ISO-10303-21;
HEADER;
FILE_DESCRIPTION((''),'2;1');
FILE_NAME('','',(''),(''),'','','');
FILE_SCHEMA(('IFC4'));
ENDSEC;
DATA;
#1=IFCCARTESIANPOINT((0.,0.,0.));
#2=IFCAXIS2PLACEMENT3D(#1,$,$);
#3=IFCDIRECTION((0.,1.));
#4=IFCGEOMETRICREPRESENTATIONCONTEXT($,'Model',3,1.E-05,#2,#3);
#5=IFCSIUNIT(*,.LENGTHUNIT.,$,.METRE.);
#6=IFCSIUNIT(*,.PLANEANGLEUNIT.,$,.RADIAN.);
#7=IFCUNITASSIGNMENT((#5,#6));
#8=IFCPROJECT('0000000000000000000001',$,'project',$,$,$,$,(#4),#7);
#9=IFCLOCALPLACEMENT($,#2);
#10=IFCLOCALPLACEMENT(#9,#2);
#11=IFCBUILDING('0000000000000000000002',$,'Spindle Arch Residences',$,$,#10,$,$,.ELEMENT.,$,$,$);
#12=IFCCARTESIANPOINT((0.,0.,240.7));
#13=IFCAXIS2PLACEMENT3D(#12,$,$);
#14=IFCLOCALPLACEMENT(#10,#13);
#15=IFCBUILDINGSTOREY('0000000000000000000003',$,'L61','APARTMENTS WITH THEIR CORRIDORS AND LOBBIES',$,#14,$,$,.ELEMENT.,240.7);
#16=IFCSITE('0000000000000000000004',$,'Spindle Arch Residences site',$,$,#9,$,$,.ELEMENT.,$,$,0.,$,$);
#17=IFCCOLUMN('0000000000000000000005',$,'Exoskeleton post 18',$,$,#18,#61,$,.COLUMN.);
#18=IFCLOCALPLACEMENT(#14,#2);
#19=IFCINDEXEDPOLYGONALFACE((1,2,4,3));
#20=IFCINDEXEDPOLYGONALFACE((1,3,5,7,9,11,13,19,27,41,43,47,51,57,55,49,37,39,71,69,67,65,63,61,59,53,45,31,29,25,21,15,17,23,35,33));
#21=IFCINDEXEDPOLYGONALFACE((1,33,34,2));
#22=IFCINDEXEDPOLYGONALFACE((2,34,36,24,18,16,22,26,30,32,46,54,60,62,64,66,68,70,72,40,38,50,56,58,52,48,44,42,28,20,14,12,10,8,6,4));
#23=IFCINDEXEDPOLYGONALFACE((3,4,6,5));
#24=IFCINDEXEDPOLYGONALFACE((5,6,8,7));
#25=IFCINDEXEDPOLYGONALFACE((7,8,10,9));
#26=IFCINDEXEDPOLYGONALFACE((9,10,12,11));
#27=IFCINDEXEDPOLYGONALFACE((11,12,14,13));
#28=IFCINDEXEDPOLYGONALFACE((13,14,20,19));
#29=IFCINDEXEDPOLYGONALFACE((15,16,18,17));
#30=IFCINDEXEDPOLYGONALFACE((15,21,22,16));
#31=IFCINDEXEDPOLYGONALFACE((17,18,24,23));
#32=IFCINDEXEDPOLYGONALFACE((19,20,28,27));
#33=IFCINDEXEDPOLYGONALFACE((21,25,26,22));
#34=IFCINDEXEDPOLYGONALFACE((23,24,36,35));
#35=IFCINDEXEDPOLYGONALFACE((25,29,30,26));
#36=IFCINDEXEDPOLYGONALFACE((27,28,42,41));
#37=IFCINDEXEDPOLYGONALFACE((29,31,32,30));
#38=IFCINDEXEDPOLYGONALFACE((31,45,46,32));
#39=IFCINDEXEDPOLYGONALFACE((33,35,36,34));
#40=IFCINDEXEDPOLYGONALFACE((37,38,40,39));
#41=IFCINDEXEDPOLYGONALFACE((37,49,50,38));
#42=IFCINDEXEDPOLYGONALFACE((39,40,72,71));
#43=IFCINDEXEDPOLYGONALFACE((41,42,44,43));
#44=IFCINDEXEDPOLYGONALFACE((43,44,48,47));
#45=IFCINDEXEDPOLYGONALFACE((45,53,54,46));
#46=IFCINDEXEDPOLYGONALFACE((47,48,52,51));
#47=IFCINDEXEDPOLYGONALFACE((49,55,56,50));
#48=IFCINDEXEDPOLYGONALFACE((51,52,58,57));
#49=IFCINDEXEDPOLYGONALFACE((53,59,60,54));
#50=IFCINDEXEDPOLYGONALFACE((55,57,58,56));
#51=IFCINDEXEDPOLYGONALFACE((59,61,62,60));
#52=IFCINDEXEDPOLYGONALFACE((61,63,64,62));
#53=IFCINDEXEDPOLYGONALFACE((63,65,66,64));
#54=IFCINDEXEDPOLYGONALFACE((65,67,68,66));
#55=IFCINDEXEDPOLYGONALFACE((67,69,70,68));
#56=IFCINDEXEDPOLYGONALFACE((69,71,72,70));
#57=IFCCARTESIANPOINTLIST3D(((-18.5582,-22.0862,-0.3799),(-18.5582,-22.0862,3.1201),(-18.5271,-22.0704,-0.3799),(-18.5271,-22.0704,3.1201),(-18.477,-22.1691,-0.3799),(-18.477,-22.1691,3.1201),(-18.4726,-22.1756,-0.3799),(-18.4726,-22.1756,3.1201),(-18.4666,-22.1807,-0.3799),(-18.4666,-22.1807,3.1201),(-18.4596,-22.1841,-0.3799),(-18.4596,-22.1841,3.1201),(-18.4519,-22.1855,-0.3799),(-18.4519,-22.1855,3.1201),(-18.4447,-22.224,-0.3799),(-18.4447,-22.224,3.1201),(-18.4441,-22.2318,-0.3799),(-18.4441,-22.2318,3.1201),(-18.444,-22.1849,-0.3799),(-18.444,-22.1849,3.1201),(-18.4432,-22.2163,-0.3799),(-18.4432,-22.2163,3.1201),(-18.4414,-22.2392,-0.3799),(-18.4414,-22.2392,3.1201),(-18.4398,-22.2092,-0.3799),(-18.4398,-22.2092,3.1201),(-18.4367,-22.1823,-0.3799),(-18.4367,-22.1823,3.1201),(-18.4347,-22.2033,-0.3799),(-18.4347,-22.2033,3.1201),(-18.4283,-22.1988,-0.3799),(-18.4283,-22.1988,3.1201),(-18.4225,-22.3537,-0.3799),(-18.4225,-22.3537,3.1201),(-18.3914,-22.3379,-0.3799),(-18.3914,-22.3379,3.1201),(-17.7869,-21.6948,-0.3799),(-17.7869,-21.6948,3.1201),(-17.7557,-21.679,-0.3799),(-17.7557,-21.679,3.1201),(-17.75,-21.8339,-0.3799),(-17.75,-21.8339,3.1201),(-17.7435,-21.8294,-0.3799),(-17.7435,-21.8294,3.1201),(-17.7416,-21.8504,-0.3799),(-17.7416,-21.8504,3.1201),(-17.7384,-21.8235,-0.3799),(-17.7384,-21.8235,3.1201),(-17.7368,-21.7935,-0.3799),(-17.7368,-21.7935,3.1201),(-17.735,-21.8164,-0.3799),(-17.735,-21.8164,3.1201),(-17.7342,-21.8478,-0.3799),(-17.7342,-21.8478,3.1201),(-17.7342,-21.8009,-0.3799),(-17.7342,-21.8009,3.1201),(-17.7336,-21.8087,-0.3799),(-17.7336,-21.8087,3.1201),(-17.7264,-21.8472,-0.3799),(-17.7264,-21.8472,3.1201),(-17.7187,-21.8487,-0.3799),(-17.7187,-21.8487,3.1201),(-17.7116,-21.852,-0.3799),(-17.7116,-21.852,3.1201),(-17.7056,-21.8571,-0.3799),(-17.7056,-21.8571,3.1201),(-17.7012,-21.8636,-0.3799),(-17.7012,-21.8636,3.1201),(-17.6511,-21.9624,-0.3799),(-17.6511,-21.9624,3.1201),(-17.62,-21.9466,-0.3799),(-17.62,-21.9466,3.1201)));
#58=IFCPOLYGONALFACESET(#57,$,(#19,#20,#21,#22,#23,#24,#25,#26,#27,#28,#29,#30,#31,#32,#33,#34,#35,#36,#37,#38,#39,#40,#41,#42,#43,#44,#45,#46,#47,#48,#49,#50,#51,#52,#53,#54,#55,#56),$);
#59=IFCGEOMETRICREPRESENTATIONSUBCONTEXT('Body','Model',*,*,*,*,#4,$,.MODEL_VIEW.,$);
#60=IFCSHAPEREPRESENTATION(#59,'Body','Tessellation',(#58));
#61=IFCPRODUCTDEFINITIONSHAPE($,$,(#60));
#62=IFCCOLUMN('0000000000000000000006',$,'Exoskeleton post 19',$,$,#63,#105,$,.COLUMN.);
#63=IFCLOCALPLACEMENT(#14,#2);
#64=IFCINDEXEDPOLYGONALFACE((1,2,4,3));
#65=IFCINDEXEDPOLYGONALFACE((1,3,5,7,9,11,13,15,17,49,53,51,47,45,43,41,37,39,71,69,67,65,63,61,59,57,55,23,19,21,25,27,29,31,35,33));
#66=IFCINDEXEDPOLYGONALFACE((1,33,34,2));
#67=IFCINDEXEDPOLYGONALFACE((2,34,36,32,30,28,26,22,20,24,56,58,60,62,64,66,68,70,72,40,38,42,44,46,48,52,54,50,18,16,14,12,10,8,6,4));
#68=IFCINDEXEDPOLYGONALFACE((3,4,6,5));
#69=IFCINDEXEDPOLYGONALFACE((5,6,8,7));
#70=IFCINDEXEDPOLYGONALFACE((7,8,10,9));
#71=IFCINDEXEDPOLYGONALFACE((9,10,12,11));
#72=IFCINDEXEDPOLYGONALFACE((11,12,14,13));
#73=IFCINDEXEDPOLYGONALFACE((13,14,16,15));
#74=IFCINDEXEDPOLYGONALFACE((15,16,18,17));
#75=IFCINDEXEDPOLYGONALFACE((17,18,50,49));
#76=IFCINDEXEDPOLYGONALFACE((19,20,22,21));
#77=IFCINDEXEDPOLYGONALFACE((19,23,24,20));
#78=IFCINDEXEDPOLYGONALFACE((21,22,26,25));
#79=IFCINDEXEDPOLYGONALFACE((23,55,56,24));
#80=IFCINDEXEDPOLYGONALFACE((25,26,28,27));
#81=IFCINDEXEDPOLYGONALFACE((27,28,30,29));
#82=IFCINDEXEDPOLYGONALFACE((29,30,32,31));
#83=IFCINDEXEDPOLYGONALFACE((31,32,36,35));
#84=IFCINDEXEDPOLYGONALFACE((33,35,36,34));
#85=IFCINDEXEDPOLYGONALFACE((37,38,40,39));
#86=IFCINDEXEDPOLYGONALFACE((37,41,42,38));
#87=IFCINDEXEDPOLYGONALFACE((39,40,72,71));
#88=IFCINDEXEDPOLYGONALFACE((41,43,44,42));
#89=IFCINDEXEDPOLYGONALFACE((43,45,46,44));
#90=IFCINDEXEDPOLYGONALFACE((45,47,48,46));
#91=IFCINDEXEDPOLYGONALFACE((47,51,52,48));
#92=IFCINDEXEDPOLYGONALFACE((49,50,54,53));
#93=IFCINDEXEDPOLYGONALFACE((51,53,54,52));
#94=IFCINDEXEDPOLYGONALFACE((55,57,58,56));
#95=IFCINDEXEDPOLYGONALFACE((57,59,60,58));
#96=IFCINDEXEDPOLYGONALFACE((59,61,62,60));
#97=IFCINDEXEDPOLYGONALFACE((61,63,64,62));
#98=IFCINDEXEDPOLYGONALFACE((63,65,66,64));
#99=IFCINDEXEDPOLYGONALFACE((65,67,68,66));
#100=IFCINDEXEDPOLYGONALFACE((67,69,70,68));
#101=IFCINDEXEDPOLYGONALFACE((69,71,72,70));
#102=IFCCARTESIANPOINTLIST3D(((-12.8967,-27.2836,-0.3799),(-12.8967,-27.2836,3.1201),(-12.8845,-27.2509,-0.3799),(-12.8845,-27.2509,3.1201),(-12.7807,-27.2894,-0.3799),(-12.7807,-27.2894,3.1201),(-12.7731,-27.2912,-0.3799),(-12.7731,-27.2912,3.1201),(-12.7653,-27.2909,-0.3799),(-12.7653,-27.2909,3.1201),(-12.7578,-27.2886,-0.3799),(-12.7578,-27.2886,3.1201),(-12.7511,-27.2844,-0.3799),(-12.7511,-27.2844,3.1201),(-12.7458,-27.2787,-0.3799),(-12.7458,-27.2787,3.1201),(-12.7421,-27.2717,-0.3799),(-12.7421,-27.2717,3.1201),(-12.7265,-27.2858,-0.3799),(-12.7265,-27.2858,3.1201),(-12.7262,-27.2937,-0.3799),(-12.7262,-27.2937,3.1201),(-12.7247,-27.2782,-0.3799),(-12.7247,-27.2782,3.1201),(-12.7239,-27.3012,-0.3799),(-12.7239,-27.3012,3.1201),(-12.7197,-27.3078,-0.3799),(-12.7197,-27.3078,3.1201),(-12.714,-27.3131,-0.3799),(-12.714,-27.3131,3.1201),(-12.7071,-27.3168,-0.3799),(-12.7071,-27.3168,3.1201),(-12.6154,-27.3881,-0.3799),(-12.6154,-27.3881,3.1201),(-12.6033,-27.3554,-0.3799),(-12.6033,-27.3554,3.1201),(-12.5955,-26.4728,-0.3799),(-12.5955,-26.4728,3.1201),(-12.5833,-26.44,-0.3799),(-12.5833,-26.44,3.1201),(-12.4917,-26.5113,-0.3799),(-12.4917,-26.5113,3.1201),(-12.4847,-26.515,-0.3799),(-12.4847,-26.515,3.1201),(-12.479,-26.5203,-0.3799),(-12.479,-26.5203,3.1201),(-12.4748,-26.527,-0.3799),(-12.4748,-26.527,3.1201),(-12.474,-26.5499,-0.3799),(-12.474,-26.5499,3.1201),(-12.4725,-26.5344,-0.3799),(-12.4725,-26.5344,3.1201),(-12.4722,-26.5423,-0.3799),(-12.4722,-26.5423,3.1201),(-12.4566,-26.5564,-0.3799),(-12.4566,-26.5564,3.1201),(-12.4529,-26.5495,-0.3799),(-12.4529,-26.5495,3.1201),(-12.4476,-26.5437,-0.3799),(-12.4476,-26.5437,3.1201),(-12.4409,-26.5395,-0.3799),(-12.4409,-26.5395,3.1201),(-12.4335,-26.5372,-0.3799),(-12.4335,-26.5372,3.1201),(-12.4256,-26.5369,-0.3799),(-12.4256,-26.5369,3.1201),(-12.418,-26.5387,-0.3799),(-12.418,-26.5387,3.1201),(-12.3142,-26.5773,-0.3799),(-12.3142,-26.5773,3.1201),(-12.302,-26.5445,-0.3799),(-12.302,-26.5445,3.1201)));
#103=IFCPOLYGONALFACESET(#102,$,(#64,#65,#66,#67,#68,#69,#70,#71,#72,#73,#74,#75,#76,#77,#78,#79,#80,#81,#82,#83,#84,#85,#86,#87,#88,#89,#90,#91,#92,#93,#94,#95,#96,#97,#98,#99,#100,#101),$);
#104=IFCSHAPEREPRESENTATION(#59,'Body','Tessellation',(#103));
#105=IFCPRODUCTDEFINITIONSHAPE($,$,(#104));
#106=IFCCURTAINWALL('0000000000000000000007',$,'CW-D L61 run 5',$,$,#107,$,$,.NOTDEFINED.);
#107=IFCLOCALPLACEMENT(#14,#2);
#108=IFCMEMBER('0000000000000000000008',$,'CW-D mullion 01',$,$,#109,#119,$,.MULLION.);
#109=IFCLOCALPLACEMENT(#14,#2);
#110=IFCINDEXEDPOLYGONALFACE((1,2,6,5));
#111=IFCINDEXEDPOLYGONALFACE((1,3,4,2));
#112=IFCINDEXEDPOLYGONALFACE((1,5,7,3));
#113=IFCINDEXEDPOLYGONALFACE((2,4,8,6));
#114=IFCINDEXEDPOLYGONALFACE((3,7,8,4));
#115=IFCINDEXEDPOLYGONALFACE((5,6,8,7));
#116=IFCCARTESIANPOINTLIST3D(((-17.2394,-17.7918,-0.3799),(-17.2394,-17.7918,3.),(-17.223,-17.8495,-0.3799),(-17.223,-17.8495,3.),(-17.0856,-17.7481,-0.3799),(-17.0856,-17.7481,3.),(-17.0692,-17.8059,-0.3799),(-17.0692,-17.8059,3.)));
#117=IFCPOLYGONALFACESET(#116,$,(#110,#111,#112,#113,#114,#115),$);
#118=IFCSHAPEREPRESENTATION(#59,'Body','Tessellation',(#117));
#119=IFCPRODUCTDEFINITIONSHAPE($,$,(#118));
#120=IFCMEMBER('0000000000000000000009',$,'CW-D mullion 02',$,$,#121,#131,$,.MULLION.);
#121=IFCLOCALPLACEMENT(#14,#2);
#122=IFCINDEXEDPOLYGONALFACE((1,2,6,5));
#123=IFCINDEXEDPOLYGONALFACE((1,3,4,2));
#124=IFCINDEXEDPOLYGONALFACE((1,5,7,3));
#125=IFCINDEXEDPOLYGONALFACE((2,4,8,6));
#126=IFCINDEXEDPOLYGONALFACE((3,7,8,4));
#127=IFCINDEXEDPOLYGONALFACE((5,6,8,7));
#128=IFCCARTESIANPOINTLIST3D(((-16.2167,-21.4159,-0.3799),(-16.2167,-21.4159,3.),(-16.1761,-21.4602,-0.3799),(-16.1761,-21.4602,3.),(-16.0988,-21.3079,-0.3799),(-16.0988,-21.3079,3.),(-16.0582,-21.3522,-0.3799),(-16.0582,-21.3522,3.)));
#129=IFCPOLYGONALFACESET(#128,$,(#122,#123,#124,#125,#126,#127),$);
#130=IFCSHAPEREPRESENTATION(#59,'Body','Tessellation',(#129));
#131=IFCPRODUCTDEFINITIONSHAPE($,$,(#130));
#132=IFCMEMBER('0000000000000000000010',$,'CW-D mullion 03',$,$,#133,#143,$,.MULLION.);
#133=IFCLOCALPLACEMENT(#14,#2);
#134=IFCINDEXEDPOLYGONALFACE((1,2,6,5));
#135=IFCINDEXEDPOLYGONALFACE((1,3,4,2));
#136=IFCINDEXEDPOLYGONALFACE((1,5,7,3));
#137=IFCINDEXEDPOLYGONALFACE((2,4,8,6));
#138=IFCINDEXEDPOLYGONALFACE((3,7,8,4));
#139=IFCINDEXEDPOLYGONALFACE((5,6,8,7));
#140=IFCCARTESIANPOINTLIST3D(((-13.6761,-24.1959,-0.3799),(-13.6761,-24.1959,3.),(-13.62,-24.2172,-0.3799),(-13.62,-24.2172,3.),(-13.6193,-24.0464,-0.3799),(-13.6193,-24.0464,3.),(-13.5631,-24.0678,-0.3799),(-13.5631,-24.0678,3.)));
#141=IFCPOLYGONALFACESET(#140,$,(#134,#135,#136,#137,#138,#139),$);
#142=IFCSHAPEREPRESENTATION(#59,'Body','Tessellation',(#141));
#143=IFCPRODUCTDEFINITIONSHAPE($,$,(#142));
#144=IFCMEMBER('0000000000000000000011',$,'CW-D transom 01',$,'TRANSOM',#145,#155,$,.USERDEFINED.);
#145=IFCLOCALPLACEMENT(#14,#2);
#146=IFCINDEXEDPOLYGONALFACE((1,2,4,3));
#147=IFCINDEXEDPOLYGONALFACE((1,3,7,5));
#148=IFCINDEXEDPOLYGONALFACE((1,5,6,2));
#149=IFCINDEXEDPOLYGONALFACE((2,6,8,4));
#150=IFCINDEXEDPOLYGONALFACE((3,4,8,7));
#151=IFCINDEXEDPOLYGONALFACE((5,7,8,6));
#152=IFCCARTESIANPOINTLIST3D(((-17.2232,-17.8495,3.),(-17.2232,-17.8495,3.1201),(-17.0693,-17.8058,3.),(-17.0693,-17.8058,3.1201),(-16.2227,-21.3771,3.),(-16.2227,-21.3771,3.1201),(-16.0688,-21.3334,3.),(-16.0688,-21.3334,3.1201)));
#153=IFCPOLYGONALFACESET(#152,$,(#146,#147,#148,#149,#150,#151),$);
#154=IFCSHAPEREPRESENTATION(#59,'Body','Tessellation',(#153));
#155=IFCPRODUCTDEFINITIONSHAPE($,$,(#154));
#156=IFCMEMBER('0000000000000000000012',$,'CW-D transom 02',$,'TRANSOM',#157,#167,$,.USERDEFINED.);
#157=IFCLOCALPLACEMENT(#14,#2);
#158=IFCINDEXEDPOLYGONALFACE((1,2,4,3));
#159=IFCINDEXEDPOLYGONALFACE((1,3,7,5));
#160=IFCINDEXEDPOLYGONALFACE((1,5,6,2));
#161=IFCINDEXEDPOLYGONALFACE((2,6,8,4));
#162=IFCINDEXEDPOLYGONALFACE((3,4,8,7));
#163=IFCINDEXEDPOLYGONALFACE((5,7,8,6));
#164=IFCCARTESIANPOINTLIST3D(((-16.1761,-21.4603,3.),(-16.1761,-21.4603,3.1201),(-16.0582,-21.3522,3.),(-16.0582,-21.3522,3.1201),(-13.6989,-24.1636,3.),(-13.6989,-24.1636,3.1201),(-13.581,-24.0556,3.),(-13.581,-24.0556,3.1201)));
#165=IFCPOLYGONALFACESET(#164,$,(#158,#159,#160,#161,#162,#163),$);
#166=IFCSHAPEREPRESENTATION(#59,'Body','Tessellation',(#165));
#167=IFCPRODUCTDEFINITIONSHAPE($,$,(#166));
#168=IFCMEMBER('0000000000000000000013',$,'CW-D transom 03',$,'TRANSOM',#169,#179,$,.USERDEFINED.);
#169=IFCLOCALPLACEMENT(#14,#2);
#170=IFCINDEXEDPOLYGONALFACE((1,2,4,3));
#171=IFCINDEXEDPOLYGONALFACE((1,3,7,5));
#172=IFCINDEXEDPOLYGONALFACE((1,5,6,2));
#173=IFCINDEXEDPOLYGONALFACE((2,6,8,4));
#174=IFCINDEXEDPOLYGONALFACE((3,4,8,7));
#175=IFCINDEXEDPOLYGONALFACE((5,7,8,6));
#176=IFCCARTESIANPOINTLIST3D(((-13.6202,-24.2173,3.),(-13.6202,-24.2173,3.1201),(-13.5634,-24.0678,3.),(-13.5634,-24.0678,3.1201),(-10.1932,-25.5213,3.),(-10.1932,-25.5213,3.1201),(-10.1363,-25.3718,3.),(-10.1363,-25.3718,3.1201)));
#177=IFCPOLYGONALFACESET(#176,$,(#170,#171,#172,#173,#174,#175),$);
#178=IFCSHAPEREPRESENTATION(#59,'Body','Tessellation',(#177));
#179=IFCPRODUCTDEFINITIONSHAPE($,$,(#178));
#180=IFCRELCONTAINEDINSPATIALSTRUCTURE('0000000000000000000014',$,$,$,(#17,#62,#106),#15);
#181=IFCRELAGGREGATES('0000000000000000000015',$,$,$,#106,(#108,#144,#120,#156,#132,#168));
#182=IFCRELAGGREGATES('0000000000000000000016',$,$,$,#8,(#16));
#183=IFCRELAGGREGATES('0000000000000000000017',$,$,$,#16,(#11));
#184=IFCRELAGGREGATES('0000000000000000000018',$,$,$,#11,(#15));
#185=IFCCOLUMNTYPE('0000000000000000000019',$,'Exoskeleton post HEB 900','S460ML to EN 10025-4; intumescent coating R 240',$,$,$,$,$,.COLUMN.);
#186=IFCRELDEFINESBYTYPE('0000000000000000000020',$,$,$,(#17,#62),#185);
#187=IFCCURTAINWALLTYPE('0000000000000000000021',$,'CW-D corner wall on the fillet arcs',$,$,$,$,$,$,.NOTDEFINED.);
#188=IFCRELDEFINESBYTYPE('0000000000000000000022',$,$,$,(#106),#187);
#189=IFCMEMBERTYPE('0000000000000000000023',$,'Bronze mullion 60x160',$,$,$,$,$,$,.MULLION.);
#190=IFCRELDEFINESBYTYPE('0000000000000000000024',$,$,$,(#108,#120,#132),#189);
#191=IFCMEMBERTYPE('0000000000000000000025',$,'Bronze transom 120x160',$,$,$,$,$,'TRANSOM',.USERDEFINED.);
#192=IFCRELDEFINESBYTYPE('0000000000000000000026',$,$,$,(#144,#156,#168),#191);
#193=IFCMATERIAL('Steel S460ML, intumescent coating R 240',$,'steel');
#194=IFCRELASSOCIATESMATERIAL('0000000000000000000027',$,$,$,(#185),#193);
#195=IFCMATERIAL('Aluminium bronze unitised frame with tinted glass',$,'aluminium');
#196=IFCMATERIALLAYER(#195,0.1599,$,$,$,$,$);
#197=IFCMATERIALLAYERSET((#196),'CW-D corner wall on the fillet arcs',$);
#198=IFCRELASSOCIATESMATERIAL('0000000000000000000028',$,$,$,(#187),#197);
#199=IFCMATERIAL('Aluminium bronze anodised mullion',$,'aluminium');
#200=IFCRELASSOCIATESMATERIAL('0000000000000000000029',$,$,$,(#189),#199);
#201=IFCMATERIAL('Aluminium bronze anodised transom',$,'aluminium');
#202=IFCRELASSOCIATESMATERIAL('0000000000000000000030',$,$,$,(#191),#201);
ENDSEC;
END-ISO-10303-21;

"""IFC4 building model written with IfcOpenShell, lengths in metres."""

from ifc_helpers import new_model, si_unit, direction, frame, origin, origin_2d, place, context, subcontext, project, spatial, rectangle, i_section, extrude, material, layer, layer_set, material_profile, profile_set, type_object, element, aggregate, save


model = new_model("IFC4")

# Units and contexts
model_context = context("Model", 3, precision=1e-05, world=origin(), true_north=direction((0.0, 1.0)))
body_context = subcontext(model_context, "Body", "Model", "MODEL_VIEW")
ifc_project = project(units=[si_unit("LENGTHUNIT", "METRE"), si_unit("PLANEANGLEUNIT", "RADIAN")], contexts=[model_context])

# Site, building, storey
site_placement = place(None, origin())
site = spatial("IfcSite", under=ifc_project, at=site_placement, Name="Spindle Arch Residences site", CompositionType="ELEMENT", RefElevation=0.0)
building_placement = place(site_placement, origin())
building = spatial("IfcBuilding", under=site, at=building_placement, Name="Spindle Arch Residences", CompositionType="ELEMENT")
storey_placement = place(building_placement, frame((0.0, 0.0, 240.7)))
storey = spatial("IfcBuildingStorey", under=building, at=storey_placement, Name="L61", Description="APARTMENTS WITH THEIR CORRIDORS AND LOBBIES", CompositionType="ELEMENT", Elevation=240.7)

# Columns
ifc_material_1 = material(Name="Steel S460ML, intumescent coating R 240", Category="steel")
ifc_material_profile_1 = material_profile(ifc_material_1, i_section(OverallWidth=0.3, OverallDepth=0.8999, WebThickness=0.0186, FlangeThickness=0.0349, FilletRadius=0.03, at=origin_2d()), Name="HEB 900")
ifc_profile_set_1 = profile_set([ifc_material_profile_1], Name="Steel S460ML, intumescent coating R 240")
column_type = type_object("IfcColumnType", Name="Exoskeleton post HEB 900", Description="S460ML to EN 10025-4; intumescent coating R 240", PredefinedType="COLUMN", material=ifc_profile_set_1)
for number, where, z_axis, x_axis, name in (
    (1, (-18.0891, -22.0164, -0.3799), (0.0, 0.0, 1.0), (-0.452474, 0.891778, 0.0), "Exoskeleton post 18"),
    (2, (-12.5994, -26.9141, -0.3799), (0.0, 0.0, 1.0), (-0.937401, 0.348253, 0.0), "Exoskeleton post 19"),
):
    element("IfcColumn", number, at=place(storey_placement, frame(where, z_axis=z_axis, x_axis=x_axis)), inside=storey, type_object=column_type, Name=name, PredefinedType="COLUMN", context=body_context, shape_type="SweptSolid", body=[
        extrude(i_section(OverallWidth=0.3, OverallDepth=0.8999, WebThickness=0.0186, FlangeThickness=0.0349, FilletRadius=0.03, at=origin_2d()), origin(), (0.0, 0.0, 1.0), 3.5),
    ])

# Curtain wall, members
ifc_material_2 = material(Name="Aluminium bronze unitised frame with tinted glass", Category="aluminium")
ifc_layer_1 = layer(ifc_material_2, 0.1599)
ifc_layer_set_1 = layer_set([ifc_layer_1], Name="CW-D corner wall on the fillet arcs")
curtain_wall_type = type_object("IfcCurtainWallType", Name="CW-D corner wall on the fillet arcs", PredefinedType="NOTDEFINED", material=ifc_layer_set_1)
curtain_wall_placement = place(storey_placement, origin())
curtain_wall = element("IfcCurtainWall", 3, at=curtain_wall_placement, inside=storey, type_object=curtain_wall_type, Name="CW-D L61 run 5", PredefinedType="NOTDEFINED")
ifc_material_3 = material(Name="Aluminium bronze anodised mullion", Category="aluminium")
ifc_material_profile_2 = material_profile(ifc_material_3, rectangle(XDim=0.1599, YDim=0.0601, at=origin_2d()), Name="MU 60x160")
ifc_profile_set_2 = profile_set([ifc_material_profile_2], Name="Aluminium bronze anodised mullion")
member_type_1 = type_object("IfcMemberType", Name="Bronze mullion 60x160", PredefinedType="MULLION", material=ifc_profile_set_2)
member_1_placement = place(storey_placement, frame((-17.1543, -17.7988, -0.3799), z_axis=(0.0, 0.0, 1.0), x_axis=(0.962059, 0.27284, 0.0)))
member_1 = element("IfcMember", 4, at=member_1_placement, type_object=member_type_1, Name="CW-D mullion 01", PredefinedType="MULLION", context=body_context, shape_type="SweptSolid", body=[
    extrude(rectangle(XDim=0.1599, YDim=0.0601, at=origin_2d()), origin(), (0.0, 0.0, 1.0), 3.3799),
])
member_2_placement = place(storey_placement, frame((-16.1375, -21.384, -0.3799), z_axis=(0.0, 0.0, 1.0), x_axis=(0.737277, 0.67559, 0.0)))
member_2 = element("IfcMember", 5, at=member_2_placement, type_object=member_type_1, Name="CW-D mullion 02", PredefinedType="MULLION", context=body_context, shape_type="SweptSolid", body=[
    extrude(rectangle(XDim=0.1599, YDim=0.0601, at=origin_2d()), origin(), (0.0, 0.0, 1.0), 3.3799),
])
member_3_placement = place(storey_placement, frame((-13.6196, -24.1318, -0.3799), z_axis=(0.0, 0.0, 1.0), x_axis=(0.355651, 0.934619, 0.0)))
member_3 = element("IfcMember", 6, at=member_3_placement, type_object=member_type_1, Name="CW-D mullion 03", PredefinedType="MULLION", context=body_context, shape_type="SweptSolid", body=[
    extrude(rectangle(XDim=0.1599, YDim=0.0601, at=origin_2d()), origin(), (0.0, 0.0, 1.0), 3.3799),
])
ifc_material_4 = material(Name="Aluminium bronze anodised transom", Category="aluminium")
ifc_material_profile_3 = material_profile(ifc_material_4, rectangle(XDim=0.1599, YDim=0.1201, at=origin_2d()), Name="TR 120x160")
ifc_profile_set_3 = profile_set([ifc_material_profile_3], Name="Aluminium bronze anodised transom")
member_type_2 = type_object("IfcMemberType", Name="Bronze transom 120x160", ElementType="TRANSOM", PredefinedType="USERDEFINED", material=ifc_profile_set_3)
member_4_placement = place(storey_placement, frame((-17.1462, -17.8276, 3.0601), z_axis=(0.272856, -0.962055, 0.0), x_axis=(0.962055, 0.272856, 0.0)))
member_4 = element("IfcMember", 7, at=member_4_placement, type_object=member_type_2, Name="CW-D transom 01", ObjectType="TRANSOM", PredefinedType="USERDEFINED", context=body_context, shape_type="SweptSolid", body=[
    extrude(rectangle(XDim=0.1599, YDim=0.1201, at=origin_2d()), origin(), (0.0, 0.0, 1.0), 3.6667),
])
member_5_placement = place(storey_placement, frame((-16.1172, -21.4062, 3.0601), z_axis=(0.675607, -0.737262, 0.0), x_axis=(0.737262, 0.675607, 0.0)))
member_5 = element("IfcMember", 8, at=member_5_placement, type_object=member_type_2, Name="CW-D transom 02", ObjectType="TRANSOM", PredefinedType="USERDEFINED", context=body_context, shape_type="SweptSolid", body=[
    extrude(rectangle(XDim=0.1599, YDim=0.1201, at=origin_2d()), origin(), (0.0, 0.0, 1.0), 3.6667),
])
member_6_placement = place(storey_placement, frame((-13.5918, -24.1426, 3.0601), z_axis=(0.93463, -0.355622, 0.0), x_axis=(0.355622, 0.93463, 0.0)))
member_6 = element("IfcMember", 9, at=member_6_placement, type_object=member_type_2, Name="CW-D transom 03", ObjectType="TRANSOM", PredefinedType="USERDEFINED", context=body_context, shape_type="SweptSolid", body=[
    extrude(rectangle(XDim=0.1599, YDim=0.1201, at=origin_2d()), origin(), (0.0, 0.0, 1.0), 3.6667),
])

aggregate(curtain_wall, [member_1, member_4, member_2, member_5, member_3, member_6])

save(model, "model.ifc")
